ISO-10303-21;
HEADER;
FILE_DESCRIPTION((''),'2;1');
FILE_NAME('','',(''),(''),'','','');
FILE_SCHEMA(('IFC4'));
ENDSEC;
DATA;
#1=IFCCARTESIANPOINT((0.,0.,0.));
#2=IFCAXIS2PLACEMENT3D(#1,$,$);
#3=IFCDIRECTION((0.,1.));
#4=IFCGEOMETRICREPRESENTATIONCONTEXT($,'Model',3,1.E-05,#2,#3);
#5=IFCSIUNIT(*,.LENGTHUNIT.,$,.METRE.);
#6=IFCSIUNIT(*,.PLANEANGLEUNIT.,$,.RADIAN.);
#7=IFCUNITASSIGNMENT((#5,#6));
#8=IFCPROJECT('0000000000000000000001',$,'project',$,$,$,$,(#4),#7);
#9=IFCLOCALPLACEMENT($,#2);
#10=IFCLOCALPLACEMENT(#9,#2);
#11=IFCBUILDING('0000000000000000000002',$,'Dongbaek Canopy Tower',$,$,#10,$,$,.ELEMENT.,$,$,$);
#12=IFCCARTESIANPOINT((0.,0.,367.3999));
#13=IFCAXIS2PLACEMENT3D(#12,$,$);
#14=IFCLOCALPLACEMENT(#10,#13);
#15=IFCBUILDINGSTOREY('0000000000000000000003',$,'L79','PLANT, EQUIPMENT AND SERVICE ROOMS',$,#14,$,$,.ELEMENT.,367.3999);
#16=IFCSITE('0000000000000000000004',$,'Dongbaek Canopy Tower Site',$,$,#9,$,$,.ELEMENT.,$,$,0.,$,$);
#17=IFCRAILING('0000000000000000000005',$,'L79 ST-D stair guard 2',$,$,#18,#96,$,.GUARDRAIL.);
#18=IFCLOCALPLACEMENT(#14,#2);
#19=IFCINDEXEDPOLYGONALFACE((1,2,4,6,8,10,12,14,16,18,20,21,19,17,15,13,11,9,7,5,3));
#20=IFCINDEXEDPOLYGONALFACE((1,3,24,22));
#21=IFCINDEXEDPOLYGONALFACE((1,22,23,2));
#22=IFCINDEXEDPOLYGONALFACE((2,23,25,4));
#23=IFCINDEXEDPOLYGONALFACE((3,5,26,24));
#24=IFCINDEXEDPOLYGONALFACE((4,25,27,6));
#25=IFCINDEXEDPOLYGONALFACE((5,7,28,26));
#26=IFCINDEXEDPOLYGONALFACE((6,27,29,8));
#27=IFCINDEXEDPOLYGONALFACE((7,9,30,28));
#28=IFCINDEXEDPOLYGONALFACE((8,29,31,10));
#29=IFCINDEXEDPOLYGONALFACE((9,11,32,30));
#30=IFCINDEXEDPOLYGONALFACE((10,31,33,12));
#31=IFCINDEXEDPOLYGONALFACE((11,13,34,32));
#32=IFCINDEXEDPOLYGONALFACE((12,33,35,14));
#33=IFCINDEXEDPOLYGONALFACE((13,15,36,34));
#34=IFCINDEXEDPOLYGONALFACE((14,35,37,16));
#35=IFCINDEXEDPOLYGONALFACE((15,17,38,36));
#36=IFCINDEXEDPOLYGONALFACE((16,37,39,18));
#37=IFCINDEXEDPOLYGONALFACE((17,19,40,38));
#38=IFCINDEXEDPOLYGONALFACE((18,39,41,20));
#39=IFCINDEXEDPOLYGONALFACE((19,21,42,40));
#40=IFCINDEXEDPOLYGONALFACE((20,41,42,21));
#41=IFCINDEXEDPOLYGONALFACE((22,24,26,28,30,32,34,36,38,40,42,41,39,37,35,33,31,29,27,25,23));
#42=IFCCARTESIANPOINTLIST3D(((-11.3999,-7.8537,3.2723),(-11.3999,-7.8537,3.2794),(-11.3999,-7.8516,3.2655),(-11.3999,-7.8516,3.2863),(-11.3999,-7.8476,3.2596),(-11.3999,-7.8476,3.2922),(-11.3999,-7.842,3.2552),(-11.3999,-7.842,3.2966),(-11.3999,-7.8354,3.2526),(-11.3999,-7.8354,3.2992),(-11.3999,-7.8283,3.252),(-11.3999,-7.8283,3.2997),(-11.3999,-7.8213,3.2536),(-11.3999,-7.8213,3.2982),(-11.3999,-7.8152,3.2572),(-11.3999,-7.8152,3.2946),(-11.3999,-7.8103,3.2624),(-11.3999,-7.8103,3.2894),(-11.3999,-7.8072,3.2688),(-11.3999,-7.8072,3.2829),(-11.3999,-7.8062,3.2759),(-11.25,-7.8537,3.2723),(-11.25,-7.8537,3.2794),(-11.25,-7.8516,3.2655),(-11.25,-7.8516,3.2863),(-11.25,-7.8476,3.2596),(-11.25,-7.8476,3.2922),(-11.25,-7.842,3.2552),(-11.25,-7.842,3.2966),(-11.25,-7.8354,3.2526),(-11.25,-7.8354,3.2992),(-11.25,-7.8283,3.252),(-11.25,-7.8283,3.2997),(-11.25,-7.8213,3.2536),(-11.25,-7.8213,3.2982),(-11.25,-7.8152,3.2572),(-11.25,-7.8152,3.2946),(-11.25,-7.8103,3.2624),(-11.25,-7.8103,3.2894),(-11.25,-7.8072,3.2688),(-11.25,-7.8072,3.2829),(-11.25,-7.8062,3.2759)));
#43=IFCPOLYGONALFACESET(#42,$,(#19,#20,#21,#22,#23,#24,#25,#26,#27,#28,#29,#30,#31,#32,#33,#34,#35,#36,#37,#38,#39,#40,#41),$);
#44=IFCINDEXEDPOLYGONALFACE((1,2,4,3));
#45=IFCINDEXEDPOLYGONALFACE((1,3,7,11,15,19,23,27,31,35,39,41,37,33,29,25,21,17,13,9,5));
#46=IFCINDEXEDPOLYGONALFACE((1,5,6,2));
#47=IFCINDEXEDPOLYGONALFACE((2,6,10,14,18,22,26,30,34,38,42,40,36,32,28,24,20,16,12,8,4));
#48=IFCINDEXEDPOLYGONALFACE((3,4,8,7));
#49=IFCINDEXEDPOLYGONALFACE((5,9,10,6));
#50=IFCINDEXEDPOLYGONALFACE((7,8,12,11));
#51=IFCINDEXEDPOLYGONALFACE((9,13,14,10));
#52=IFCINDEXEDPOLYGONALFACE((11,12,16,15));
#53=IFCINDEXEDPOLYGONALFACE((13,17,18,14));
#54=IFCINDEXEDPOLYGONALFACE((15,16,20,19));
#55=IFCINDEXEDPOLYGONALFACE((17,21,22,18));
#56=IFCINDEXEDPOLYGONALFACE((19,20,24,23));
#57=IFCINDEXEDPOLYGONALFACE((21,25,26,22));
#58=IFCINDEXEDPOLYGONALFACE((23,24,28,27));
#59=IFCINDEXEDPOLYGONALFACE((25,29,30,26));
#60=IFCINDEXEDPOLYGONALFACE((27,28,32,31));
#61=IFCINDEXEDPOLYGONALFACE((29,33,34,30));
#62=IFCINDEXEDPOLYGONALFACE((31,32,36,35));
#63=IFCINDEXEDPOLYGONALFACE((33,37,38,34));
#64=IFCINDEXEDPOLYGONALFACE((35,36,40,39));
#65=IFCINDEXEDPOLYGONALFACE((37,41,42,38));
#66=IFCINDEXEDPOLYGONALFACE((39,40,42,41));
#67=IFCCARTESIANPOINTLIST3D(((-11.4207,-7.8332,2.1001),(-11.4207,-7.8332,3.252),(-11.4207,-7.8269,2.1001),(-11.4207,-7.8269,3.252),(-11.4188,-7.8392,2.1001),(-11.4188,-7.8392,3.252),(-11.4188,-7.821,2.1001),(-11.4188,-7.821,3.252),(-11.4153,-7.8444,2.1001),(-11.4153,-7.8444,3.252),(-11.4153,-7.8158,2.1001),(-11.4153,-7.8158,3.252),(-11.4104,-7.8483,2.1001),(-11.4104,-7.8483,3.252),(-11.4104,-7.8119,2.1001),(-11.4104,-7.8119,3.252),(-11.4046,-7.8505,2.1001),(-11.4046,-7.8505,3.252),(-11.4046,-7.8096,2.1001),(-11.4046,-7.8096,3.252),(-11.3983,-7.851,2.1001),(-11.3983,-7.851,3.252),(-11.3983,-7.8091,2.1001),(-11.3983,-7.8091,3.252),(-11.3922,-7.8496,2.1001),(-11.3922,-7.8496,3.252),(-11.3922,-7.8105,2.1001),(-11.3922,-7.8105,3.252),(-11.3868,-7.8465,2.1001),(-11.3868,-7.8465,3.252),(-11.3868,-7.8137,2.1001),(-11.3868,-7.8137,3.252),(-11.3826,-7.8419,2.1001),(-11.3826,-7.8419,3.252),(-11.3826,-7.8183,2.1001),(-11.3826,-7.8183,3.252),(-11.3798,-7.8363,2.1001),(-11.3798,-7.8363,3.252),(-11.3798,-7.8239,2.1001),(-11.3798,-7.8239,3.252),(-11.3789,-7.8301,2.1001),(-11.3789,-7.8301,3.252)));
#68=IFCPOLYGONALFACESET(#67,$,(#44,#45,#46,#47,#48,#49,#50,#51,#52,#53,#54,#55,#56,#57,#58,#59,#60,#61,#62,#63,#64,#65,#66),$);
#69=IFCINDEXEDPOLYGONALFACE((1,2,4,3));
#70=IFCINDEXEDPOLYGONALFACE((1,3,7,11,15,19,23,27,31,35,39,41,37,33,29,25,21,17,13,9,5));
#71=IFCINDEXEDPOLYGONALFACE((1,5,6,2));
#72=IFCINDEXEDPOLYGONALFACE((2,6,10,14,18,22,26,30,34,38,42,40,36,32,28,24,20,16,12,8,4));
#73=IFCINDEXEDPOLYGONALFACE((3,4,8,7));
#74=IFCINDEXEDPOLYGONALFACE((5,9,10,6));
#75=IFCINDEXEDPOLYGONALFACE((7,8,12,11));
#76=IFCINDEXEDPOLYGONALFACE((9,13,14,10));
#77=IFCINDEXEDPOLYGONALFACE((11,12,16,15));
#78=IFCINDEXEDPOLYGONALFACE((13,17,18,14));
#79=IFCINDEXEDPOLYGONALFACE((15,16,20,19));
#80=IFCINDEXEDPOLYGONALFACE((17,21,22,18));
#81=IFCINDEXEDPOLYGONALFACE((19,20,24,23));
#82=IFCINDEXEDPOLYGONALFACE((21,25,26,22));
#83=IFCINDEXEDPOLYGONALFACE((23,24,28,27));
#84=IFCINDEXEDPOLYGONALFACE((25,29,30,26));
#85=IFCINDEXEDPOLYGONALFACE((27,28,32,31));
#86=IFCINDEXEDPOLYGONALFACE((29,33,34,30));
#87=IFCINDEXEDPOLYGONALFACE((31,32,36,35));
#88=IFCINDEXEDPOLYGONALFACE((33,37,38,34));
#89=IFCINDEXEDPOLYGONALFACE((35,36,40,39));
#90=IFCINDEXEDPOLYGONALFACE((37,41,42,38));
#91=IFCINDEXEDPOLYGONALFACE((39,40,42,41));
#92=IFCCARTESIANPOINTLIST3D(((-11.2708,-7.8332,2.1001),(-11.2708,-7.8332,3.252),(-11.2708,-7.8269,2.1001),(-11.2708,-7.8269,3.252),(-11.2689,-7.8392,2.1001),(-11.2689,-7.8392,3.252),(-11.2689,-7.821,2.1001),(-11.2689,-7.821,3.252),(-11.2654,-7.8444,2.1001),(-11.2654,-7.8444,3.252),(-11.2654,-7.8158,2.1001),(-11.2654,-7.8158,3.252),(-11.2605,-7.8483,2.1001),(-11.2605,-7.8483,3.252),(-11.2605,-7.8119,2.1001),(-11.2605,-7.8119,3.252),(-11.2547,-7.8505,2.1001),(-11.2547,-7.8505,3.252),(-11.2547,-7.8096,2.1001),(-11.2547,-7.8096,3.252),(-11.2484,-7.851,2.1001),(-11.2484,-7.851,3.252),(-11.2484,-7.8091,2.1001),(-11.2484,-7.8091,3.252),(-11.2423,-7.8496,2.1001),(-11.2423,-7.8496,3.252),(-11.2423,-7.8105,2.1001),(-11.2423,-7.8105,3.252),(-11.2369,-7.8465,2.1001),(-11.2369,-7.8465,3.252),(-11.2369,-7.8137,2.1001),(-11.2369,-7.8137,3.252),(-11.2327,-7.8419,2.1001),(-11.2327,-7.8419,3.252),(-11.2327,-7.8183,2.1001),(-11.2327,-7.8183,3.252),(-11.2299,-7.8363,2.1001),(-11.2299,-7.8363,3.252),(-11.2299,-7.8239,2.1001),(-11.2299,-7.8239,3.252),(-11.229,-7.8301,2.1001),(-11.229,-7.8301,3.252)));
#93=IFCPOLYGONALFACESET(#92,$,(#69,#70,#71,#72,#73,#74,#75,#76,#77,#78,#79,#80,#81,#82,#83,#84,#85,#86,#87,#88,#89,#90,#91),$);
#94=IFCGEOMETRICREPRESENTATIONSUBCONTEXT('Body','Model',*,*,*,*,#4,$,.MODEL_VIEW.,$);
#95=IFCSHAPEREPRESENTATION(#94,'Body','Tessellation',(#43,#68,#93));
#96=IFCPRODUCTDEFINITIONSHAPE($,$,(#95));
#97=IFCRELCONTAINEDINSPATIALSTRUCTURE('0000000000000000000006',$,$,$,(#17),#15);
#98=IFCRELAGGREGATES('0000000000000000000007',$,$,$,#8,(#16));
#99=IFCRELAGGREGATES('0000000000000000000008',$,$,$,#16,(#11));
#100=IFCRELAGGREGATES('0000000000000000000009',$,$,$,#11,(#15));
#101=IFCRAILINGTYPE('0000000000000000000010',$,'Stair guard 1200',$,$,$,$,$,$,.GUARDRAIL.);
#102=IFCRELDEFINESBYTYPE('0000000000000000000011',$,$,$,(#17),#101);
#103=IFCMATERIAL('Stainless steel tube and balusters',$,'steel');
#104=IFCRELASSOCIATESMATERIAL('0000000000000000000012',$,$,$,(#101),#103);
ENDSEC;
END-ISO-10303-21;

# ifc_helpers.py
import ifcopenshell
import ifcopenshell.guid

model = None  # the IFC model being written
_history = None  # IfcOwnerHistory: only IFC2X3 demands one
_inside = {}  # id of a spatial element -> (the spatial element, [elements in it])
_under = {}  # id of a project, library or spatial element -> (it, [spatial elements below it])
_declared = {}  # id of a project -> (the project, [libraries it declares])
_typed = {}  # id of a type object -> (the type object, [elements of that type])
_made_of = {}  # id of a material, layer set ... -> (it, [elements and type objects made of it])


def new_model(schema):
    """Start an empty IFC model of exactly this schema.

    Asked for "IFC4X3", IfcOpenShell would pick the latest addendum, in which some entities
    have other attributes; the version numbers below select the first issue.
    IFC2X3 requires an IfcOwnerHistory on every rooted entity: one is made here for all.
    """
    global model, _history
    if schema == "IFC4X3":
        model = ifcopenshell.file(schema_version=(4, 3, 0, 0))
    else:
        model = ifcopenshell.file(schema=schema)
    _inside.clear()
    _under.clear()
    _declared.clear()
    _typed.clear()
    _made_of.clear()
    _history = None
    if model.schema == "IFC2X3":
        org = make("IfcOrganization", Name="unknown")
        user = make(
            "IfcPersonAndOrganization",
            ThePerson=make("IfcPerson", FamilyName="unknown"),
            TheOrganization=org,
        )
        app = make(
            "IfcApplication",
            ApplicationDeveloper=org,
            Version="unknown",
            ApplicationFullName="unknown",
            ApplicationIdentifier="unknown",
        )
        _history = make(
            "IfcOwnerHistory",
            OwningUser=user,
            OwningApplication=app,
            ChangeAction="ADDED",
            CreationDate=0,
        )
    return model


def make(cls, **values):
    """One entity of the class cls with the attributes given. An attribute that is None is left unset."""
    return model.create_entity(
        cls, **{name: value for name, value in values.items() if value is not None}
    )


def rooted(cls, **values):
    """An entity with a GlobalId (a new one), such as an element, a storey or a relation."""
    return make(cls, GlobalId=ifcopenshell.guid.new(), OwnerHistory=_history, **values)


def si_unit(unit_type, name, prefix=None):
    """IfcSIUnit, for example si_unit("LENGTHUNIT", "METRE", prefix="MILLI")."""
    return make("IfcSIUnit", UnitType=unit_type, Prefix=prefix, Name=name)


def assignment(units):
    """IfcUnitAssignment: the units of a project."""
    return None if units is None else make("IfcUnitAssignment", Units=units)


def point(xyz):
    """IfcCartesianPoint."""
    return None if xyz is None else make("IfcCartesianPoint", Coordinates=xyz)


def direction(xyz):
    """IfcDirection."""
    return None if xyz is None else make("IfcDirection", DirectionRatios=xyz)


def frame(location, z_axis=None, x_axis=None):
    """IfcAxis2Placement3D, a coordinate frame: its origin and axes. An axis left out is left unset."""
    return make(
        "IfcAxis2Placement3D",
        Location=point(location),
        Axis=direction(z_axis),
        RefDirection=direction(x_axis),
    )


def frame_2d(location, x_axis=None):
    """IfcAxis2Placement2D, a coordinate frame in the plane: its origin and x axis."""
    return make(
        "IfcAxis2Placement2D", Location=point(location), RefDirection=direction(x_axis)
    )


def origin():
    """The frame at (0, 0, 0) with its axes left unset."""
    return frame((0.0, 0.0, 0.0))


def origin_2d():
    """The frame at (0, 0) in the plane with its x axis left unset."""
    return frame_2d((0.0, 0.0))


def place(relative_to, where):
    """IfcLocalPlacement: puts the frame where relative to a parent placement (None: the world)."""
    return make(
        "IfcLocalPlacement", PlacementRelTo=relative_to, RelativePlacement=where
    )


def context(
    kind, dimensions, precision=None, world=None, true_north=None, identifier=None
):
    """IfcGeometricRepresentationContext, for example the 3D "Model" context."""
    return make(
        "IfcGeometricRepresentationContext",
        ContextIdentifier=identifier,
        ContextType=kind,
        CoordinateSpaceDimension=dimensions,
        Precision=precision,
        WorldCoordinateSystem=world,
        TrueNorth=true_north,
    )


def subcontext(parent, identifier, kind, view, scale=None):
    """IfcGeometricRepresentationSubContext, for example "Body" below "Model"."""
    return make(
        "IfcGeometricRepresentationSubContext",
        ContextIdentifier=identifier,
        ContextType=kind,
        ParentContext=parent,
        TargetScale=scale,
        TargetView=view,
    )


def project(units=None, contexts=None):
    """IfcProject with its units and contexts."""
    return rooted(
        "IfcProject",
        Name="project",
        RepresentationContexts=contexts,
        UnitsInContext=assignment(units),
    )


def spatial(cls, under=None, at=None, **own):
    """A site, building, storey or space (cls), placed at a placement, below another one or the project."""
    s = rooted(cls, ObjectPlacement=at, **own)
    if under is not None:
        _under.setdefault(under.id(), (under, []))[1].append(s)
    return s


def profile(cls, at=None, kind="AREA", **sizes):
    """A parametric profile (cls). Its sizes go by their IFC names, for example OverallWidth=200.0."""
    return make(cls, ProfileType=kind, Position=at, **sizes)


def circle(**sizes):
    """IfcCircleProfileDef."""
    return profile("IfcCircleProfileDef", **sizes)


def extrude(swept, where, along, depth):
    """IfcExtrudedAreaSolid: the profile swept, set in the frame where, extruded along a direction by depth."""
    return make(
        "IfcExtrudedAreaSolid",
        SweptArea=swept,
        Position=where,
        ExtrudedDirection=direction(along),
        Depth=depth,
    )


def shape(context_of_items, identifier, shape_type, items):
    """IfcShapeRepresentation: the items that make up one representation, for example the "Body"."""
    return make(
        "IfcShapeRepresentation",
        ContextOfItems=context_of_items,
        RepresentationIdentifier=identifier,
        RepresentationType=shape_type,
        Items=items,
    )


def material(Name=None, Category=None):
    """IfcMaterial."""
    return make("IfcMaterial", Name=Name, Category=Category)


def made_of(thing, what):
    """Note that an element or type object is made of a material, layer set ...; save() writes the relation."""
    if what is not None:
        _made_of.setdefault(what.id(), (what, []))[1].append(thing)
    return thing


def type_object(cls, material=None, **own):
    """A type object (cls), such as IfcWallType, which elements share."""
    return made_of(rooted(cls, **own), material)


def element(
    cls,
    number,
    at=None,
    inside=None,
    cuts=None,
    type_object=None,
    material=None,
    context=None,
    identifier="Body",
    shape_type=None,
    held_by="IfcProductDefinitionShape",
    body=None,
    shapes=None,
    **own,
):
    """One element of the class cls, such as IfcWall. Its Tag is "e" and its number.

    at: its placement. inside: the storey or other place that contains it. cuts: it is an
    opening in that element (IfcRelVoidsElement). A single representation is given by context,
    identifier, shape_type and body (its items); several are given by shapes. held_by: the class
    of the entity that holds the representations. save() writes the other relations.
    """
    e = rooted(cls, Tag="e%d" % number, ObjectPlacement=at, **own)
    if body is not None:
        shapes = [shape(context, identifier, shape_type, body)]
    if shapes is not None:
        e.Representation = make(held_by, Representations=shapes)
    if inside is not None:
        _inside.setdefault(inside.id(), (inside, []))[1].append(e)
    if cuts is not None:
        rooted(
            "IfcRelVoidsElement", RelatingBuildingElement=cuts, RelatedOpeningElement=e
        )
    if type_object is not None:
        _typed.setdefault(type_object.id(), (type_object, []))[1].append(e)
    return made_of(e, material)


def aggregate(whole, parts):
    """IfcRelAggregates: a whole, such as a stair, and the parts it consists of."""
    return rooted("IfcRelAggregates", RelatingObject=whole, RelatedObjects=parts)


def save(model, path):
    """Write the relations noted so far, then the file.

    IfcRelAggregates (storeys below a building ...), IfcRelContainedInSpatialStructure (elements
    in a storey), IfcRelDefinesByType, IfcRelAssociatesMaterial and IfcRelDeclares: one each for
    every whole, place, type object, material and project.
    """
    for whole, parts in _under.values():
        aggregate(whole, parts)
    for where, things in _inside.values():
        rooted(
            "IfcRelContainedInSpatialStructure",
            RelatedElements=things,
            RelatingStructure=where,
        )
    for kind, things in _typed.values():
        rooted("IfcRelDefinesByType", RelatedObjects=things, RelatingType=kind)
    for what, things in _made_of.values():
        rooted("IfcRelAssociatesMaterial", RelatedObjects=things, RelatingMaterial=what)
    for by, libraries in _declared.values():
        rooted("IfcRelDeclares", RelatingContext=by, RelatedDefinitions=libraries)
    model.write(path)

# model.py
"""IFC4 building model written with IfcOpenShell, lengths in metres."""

from ifc_helpers import new_model, si_unit, direction, frame, origin, origin_2d, place, context, subcontext, project, spatial, circle, extrude, material, type_object, element, save


model = new_model("IFC4")

# Units and contexts
model_context = context("Model", 3, precision=1e-05, world=origin(), true_north=direction((0.0, 1.0)))
body_context = subcontext(model_context, "Body", "Model", "MODEL_VIEW")
ifc_project = project(units=[si_unit("LENGTHUNIT", "METRE"), si_unit("PLANEANGLEUNIT", "RADIAN")], contexts=[model_context])

# Site, building, storey
site_placement = place(None, origin())
site = spatial("IfcSite", under=ifc_project, at=site_placement, Name="Dongbaek Canopy Tower Site", CompositionType="ELEMENT", RefElevation=0.0)
building_placement = place(site_placement, origin())
building = spatial("IfcBuilding", under=site, at=building_placement, Name="Dongbaek Canopy Tower", CompositionType="ELEMENT")
storey_placement = place(building_placement, frame((0.0, 0.0, 367.3999)))
storey = spatial("IfcBuildingStorey", under=building, at=storey_placement, Name="L79", Description="PLANT, EQUIPMENT AND SERVICE ROOMS", CompositionType="ELEMENT", Elevation=367.3999)

# Railing
ifc_material_1 = material(Name="Stainless steel tube and balusters", Category="steel")
railing_type_1 = type_object("IfcRailingType", Name="Stair guard 1200", PredefinedType="GUARDRAIL", material=ifc_material_1)
railing_1_placement = place(storey_placement, frame((-11.3999, -7.8301, 2.1001)))
element("IfcRailing", 1, at=railing_1_placement, inside=storey, type_object=railing_type_1, Name="L79 ST-D stair guard 2", PredefinedType="GUARDRAIL", context=body_context, shape_type="SweptSolid", body=[
    extrude(circle(Radius=0.0239, at=origin_2d()), frame((0.0, 0.0, 1.1758), z_axis=(1.0, 0.0, 0.0), x_axis=(0.0, 1.0, 0.0)), (0.0, 0.0, 1.0), 0.1499),
    extrude(circle(Radius=0.021, at=origin_2d()), origin(), (0.0, 0.0, 1.0), 1.1519),
    extrude(circle(Radius=0.021, at=origin_2d()), frame((0.1499, 0.0, 0.0)), (0.0, 0.0, 1.0), 1.1519),
])

save(model, "model.ifc")
